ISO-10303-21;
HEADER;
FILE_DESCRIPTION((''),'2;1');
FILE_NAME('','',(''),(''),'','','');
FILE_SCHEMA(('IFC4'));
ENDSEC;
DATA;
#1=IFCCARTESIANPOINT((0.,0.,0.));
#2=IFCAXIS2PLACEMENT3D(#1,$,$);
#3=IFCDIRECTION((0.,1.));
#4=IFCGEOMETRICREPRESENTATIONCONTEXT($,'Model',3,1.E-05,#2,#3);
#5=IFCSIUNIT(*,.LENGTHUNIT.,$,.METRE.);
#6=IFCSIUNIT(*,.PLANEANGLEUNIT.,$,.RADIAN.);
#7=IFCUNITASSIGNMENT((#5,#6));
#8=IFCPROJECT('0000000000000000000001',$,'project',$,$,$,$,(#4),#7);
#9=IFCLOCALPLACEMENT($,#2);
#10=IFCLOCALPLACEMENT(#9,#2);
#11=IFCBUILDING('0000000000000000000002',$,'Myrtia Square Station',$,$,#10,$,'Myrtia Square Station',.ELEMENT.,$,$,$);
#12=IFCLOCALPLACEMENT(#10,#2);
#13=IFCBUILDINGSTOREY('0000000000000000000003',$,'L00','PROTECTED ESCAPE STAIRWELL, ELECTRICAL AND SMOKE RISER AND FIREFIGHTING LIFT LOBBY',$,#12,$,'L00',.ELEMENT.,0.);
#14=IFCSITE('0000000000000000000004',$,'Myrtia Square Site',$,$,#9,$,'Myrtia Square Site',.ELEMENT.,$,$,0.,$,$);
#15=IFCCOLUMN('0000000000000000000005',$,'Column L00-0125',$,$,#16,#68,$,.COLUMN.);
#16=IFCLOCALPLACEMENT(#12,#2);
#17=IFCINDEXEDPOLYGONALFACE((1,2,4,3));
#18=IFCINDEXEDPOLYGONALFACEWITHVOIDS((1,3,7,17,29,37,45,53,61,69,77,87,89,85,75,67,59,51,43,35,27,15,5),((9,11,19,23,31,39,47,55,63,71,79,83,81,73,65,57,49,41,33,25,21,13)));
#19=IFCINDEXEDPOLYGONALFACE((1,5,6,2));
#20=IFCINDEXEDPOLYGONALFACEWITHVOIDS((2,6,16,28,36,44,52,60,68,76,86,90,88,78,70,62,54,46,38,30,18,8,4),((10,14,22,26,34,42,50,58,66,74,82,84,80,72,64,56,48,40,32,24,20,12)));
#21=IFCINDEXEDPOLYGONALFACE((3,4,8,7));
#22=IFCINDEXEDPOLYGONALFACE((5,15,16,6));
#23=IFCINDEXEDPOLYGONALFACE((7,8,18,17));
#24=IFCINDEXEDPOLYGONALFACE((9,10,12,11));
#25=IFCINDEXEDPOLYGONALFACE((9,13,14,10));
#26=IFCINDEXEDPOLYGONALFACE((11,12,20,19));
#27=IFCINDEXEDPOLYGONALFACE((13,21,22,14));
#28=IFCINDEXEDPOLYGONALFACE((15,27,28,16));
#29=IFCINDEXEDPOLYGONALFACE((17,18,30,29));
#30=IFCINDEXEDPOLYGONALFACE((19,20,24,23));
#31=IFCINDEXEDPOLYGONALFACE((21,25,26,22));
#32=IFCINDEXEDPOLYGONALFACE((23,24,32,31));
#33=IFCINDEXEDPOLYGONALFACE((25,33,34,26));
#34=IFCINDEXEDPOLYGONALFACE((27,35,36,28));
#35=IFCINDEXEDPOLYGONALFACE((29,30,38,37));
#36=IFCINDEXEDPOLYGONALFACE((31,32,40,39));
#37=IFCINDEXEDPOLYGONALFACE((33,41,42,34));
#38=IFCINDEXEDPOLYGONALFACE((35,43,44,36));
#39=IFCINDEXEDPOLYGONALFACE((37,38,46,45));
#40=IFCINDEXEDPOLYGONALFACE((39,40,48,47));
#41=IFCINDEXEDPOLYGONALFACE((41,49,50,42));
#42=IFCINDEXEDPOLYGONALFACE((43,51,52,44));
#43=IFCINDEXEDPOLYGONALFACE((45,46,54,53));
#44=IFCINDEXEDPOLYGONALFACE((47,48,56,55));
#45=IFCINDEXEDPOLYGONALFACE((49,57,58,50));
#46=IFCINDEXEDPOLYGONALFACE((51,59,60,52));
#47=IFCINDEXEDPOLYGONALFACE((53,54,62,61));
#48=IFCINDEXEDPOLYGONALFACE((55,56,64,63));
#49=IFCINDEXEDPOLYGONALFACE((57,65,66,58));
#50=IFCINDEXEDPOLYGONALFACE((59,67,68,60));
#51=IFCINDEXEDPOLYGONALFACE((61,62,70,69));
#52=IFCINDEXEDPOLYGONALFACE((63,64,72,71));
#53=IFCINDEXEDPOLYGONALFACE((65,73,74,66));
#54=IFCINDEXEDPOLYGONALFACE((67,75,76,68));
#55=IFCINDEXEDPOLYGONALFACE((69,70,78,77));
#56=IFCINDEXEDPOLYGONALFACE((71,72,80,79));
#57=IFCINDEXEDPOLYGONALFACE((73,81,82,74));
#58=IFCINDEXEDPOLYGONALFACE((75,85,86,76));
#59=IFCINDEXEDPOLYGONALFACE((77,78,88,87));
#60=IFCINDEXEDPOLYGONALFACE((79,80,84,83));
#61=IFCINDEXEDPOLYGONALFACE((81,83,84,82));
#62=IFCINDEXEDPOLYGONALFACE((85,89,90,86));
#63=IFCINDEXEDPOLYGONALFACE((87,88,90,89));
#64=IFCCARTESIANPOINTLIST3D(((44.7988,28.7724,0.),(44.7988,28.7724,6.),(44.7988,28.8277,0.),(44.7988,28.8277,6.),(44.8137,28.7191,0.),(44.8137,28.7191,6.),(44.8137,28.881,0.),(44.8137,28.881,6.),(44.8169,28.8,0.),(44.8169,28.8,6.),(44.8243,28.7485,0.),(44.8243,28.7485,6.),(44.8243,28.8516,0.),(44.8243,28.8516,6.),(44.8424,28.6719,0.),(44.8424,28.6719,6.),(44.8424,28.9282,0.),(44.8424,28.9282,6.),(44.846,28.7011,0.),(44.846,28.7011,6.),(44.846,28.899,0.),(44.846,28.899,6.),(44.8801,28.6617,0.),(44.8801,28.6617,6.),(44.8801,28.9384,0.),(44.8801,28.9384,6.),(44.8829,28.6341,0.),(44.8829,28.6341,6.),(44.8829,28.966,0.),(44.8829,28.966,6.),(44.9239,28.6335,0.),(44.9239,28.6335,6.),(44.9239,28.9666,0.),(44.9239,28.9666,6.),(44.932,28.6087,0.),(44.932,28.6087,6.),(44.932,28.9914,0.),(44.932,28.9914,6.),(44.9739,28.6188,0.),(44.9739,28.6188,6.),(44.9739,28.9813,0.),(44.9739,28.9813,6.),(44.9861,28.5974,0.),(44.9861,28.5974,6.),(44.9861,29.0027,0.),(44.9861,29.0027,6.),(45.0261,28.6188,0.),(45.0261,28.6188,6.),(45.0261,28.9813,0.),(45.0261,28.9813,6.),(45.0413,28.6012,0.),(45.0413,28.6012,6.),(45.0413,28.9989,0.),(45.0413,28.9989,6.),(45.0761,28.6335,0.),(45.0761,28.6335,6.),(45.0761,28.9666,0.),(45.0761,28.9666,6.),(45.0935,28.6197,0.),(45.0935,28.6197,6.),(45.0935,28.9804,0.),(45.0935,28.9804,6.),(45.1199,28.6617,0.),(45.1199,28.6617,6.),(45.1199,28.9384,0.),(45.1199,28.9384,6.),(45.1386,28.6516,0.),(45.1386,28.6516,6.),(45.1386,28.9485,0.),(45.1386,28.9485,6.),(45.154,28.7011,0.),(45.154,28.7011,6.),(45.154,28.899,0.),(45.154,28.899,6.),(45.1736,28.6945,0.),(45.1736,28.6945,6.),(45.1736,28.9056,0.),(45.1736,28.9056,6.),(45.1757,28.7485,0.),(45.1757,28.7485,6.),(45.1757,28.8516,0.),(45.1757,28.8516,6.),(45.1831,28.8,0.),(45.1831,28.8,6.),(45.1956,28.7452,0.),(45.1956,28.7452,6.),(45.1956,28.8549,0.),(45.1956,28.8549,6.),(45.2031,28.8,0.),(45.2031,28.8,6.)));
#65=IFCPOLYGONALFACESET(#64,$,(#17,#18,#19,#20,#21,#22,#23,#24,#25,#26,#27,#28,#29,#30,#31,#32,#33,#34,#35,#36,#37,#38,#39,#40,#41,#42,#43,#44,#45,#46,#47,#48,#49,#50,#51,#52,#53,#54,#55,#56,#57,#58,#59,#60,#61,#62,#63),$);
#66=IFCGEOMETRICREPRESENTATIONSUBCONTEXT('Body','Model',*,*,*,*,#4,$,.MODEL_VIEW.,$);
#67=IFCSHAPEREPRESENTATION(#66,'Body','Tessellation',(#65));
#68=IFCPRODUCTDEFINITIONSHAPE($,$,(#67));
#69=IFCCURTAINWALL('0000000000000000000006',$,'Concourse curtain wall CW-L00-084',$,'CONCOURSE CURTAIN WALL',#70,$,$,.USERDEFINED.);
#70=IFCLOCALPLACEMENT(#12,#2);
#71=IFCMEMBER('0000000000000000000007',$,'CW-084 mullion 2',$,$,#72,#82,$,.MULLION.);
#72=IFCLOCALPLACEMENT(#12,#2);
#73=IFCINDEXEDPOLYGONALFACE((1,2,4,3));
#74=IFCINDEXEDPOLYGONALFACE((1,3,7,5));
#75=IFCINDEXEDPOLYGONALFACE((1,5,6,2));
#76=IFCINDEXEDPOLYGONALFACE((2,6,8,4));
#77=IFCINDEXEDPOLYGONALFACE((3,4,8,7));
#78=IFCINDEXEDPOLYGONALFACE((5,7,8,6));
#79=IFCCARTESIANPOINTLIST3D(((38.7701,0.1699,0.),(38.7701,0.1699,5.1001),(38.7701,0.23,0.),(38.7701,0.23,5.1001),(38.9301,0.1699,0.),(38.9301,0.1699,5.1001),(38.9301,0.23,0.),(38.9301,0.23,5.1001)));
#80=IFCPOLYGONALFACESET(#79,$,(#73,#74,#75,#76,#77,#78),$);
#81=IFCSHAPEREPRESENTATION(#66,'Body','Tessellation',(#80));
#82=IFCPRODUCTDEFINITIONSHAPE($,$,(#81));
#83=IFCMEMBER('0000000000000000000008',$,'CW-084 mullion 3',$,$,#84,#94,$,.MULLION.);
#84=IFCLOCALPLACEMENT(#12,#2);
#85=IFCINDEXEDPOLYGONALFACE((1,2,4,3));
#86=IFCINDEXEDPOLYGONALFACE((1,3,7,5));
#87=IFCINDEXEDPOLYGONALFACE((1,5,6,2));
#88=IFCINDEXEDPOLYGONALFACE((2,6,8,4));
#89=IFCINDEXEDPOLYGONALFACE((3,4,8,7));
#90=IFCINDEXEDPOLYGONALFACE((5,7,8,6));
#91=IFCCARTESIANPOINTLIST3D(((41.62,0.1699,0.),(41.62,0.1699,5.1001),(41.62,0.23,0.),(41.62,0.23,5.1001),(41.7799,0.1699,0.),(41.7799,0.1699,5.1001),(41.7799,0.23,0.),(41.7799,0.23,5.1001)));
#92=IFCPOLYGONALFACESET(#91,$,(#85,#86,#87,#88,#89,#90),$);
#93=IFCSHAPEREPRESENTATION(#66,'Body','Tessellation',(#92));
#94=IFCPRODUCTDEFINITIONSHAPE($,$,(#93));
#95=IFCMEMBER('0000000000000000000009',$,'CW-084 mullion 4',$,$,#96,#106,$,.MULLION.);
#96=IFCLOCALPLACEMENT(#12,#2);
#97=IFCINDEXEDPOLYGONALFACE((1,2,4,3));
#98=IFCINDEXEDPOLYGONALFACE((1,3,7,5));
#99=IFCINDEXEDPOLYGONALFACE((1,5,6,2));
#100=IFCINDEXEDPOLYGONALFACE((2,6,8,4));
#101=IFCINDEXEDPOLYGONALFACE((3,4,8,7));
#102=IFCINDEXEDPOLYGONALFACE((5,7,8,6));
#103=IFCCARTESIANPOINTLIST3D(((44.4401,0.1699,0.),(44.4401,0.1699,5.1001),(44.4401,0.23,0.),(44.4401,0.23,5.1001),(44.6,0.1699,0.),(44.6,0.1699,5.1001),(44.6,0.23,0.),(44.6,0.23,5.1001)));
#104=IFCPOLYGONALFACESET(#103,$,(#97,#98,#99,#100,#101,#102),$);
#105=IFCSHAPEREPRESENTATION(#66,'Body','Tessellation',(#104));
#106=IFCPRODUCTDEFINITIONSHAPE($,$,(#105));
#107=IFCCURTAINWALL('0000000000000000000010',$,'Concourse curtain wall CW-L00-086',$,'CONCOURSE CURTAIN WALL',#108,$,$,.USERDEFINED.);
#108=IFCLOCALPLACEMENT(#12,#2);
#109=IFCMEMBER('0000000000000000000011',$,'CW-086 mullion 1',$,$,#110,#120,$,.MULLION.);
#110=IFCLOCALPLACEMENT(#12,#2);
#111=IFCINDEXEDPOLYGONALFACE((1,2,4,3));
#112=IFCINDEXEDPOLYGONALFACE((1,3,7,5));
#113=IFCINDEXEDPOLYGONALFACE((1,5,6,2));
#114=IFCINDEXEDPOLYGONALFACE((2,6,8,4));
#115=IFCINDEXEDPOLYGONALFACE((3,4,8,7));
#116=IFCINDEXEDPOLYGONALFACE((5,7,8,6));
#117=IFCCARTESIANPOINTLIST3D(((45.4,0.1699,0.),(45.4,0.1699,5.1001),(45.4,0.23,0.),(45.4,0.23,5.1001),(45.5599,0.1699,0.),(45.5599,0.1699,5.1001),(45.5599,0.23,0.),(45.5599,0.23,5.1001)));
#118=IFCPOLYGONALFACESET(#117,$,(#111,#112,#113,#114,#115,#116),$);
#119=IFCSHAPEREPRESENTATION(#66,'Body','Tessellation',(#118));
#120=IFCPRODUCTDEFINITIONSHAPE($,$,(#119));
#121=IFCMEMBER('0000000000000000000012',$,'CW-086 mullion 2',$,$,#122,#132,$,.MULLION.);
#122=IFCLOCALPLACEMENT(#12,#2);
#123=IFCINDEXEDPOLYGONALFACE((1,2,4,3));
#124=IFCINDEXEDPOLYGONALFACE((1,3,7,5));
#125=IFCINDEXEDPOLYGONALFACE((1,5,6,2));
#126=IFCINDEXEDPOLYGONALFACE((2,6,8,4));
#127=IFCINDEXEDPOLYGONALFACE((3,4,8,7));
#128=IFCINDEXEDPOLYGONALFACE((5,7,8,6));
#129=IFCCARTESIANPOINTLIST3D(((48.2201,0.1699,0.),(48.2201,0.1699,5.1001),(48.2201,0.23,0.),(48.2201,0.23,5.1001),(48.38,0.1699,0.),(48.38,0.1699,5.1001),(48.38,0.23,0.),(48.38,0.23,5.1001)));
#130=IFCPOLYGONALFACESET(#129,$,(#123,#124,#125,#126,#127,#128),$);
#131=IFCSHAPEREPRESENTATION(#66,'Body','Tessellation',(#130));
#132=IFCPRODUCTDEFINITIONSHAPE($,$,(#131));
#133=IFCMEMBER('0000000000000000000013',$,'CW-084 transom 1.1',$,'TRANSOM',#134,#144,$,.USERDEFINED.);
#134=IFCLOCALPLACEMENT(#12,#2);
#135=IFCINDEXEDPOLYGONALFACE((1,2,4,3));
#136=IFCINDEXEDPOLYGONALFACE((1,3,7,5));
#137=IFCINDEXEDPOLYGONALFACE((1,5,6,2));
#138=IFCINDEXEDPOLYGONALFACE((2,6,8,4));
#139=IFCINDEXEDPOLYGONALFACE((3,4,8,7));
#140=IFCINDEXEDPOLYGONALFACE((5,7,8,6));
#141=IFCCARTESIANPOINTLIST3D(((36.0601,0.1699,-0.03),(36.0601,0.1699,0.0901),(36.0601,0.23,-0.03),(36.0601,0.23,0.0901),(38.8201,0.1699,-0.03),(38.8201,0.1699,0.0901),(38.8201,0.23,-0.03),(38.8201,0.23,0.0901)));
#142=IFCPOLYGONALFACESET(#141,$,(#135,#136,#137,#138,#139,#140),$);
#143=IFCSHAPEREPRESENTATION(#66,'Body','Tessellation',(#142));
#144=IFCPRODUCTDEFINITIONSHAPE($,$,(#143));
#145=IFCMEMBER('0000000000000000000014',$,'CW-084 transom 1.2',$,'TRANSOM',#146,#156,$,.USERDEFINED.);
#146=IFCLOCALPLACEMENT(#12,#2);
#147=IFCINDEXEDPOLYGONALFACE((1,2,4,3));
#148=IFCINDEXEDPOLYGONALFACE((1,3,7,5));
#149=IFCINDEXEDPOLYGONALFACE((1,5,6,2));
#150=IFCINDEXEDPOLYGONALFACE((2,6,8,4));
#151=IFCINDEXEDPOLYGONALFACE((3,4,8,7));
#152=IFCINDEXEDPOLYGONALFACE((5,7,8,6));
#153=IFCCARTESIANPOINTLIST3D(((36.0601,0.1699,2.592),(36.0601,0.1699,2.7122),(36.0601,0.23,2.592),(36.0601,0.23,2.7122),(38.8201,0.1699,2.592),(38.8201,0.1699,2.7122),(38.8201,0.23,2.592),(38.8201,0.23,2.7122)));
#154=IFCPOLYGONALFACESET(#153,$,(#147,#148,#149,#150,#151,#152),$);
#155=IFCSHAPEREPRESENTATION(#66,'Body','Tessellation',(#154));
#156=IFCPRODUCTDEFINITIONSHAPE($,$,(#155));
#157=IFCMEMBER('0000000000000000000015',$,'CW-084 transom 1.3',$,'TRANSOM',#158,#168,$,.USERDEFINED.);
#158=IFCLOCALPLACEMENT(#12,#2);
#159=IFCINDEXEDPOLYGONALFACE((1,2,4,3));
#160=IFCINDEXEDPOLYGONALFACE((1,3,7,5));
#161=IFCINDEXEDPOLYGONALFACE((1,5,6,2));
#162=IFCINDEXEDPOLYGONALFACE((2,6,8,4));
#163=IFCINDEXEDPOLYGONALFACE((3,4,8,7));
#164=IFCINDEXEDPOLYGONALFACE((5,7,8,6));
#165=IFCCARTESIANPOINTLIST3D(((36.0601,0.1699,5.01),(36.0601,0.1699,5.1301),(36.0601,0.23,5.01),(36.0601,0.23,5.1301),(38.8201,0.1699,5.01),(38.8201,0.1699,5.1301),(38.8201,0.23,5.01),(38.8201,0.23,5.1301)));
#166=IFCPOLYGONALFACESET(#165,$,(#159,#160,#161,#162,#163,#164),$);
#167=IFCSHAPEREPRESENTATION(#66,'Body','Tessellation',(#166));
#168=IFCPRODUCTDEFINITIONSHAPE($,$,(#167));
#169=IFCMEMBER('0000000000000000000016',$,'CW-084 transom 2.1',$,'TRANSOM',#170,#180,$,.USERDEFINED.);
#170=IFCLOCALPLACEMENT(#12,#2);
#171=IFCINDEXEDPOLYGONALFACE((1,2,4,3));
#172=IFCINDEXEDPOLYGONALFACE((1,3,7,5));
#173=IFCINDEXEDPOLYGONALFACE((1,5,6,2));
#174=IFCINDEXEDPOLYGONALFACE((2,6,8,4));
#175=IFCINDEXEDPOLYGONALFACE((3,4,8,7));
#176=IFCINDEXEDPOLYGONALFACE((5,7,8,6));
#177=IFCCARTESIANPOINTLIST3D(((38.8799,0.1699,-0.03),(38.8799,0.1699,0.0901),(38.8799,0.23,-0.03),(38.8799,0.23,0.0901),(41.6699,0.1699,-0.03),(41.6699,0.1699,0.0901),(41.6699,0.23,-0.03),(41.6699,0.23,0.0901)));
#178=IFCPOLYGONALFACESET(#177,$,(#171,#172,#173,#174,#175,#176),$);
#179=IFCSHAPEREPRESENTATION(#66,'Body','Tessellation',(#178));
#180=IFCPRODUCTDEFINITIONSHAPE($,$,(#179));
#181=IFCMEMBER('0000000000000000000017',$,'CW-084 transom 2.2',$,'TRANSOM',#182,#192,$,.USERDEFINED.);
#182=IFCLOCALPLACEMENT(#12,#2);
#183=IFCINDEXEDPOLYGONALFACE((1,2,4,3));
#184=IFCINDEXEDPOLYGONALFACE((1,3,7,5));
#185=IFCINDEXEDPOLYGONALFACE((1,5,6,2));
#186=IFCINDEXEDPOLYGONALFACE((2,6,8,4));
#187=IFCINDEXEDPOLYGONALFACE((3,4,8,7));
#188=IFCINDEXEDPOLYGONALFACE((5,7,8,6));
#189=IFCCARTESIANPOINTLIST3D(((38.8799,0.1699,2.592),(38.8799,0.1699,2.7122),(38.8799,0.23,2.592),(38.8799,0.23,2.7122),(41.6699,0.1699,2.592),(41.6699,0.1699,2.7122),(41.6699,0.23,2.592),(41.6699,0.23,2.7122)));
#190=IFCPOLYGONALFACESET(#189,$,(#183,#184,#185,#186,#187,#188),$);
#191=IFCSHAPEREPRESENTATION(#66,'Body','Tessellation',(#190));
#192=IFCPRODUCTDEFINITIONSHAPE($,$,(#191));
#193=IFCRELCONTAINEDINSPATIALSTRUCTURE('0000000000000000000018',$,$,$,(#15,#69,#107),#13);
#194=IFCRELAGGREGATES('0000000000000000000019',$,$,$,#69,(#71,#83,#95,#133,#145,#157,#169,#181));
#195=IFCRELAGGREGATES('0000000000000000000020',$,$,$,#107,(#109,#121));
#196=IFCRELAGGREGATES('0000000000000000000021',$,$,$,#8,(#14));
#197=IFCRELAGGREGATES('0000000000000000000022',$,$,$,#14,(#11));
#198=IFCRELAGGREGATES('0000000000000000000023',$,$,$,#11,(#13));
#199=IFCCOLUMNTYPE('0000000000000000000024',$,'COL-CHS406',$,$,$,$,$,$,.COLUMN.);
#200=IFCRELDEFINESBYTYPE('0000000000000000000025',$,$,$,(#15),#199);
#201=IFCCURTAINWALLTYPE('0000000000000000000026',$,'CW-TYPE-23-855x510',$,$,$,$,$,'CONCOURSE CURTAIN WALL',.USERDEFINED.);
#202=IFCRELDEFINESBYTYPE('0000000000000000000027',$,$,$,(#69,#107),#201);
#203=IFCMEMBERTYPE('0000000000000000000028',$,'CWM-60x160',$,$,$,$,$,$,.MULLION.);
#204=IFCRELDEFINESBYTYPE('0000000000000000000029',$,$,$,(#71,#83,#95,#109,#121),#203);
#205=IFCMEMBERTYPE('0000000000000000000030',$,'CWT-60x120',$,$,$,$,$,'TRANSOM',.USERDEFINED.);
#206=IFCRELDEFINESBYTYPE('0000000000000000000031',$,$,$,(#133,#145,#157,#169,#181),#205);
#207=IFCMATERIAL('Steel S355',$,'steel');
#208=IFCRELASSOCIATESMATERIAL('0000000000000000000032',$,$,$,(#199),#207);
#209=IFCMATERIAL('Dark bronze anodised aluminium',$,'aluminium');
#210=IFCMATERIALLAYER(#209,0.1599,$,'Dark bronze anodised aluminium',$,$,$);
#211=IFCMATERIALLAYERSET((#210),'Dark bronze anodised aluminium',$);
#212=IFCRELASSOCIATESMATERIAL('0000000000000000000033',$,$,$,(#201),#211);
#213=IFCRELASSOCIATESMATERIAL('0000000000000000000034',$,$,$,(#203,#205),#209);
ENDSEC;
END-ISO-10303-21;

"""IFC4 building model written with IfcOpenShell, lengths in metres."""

from ifc_helpers import new_model, si_unit, direction, frame, origin, origin_2d, place, context, subcontext, project, spatial, rectangle, hollow_circle, extrude, material, layer, layer_set, material_profile, profile_set, type_object, element, aggregate, save


model = new_model("IFC4")

# Units and contexts
model_context = context("Model", 3, precision=1e-05, world=origin(), true_north=direction((0.0, 1.0)))
body_context = subcontext(model_context, "Body", "Model", "MODEL_VIEW")
ifc_project = project(units=[si_unit("LENGTHUNIT", "METRE"), si_unit("PLANEANGLEUNIT", "RADIAN")], contexts=[model_context])

# Site, building, storey
site_placement = place(None, origin())
site = spatial("IfcSite", under=ifc_project, at=site_placement, Name="Myrtia Square Site", LongName="Myrtia Square Site", CompositionType="ELEMENT", RefElevation=0.0)
building_placement = place(site_placement, origin())
building = spatial("IfcBuilding", under=site, at=building_placement, Name="Myrtia Square Station", LongName="Myrtia Square Station", CompositionType="ELEMENT")
storey_placement = place(building_placement, origin())
storey = spatial("IfcBuildingStorey", under=building, at=storey_placement, Name="L00", Description="PROTECTED ESCAPE STAIRWELL, ELECTRICAL AND SMOKE RISER AND FIREFIGHTING LIFT LOBBY", LongName="L00", CompositionType="ELEMENT", Elevation=0.0)

# Column
ifc_material_1 = material(Name="Steel S355", Category="steel")
ifc_material_profile_1 = material_profile(ifc_material_1, hollow_circle(Radius=0.2031, WallThickness=0.02, at=origin_2d()), Name="CHS 406.4x20")
ifc_profile_set_1 = profile_set([ifc_material_profile_1], Name="Steel S355")
column_type = type_object("IfcColumnType", Name="COL-CHS406", PredefinedType="COLUMN", material=ifc_profile_set_1)
for number, where, z_axis, x_axis, name in (
    (1, (45.0, 28.8, 0.0), (0.0, 0.0, 1.0), (1.0, 0.0, 0.0), "Column L00-0125"),
):
    element("IfcColumn", number, at=place(storey_placement, frame(where, z_axis=z_axis, x_axis=x_axis)), inside=storey, type_object=column_type, Name=name, PredefinedType="COLUMN", context=body_context, shape_type="SweptSolid", body=[
        extrude(hollow_circle(Radius=0.2031, WallThickness=0.02, at=origin_2d()), origin(), (0.0, 0.0, 1.0), 6.0),
    ])

# Curtain walls, members
ifc_material_2 = material(Name="Dark bronze anodised aluminium", Category="aluminium")
ifc_layer_1 = layer(ifc_material_2, 0.1599, Name="Dark bronze anodised aluminium")
ifc_layer_set_1 = layer_set([ifc_layer_1], Name="Dark bronze anodised aluminium")
curtain_wall_type = type_object("IfcCurtainWallType", Name="CW-TYPE-23-855x510", ElementType="CONCOURSE CURTAIN WALL", PredefinedType="USERDEFINED", material=ifc_layer_set_1)
curtain_wall_1_placement = place(storey_placement, origin())
curtain_wall_1 = element("IfcCurtainWall", 2, at=curtain_wall_1_placement, inside=storey, type_object=curtain_wall_type, Name="Concourse curtain wall CW-L00-084", ObjectType="CONCOURSE CURTAIN WALL", PredefinedType="USERDEFINED")
ifc_material_profile_2 = material_profile(ifc_material_2, rectangle(XDim=0.0601, YDim=0.1599, at=origin_2d()), Name="ALU-M 60x160")
ifc_profile_set_2 = profile_set([ifc_material_profile_2], Name="Dark bronze anodised aluminium")
member_type_1 = type_object("IfcMemberType", Name="CWM-60x160", PredefinedType="MULLION", material=ifc_profile_set_2)
member_1_placement = place(storey_placement, frame((38.8501, 0.2, 0.0), z_axis=(0.0, 0.0, 1.0), x_axis=(0.0, 1.0, 0.0)))
member_1 = element("IfcMember", 3, at=member_1_placement, type_object=member_type_1, Name="CW-084 mullion 2", PredefinedType="MULLION", context=body_context, shape_type="SweptSolid", body=[
    extrude(rectangle(XDim=0.0601, YDim=0.1599, at=origin_2d()), origin(), (0.0, 0.0, 1.0), 5.1001),
])
member_2_placement = place(storey_placement, frame((41.7, 0.2, 0.0), z_axis=(0.0, 0.0, 1.0), x_axis=(0.0, 1.0, 0.0)))
member_2 = element("IfcMember", 4, at=member_2_placement, type_object=member_type_1, Name="CW-084 mullion 3", PredefinedType="MULLION", context=body_context, shape_type="SweptSolid", body=[
    extrude(rectangle(XDim=0.0601, YDim=0.1599, at=origin_2d()), origin(), (0.0, 0.0, 1.0), 5.1001),
])
member_3_placement = place(storey_placement, frame((44.52, 0.2, 0.0), z_axis=(0.0, 0.0, 1.0), x_axis=(0.0, 1.0, 0.0)))
member_3 = element("IfcMember", 5, at=member_3_placement, type_object=member_type_1, Name="CW-084 mullion 4", PredefinedType="MULLION", context=body_context, shape_type="SweptSolid", body=[
    extrude(rectangle(XDim=0.0601, YDim=0.1599, at=origin_2d()), origin(), (0.0, 0.0, 1.0), 5.1001),
])
curtain_wall_2_placement = place(storey_placement, origin())
curtain_wall_2 = element("IfcCurtainWall", 6, at=curtain_wall_2_placement, inside=storey, type_object=curtain_wall_type, Name="Concourse curtain wall CW-L00-086", ObjectType="CONCOURSE CURTAIN WALL", PredefinedType="USERDEFINED")
member_4_placement = place(storey_placement, frame((45.48, 0.2, 0.0), z_axis=(0.0, 0.0, 1.0), x_axis=(0.0, 1.0, 0.0)))
member_4 = element("IfcMember", 7, at=member_4_placement, type_object=member_type_1, Name="CW-086 mullion 1", PredefinedType="MULLION", context=body_context, shape_type="SweptSolid", body=[
    extrude(rectangle(XDim=0.0601, YDim=0.1599, at=origin_2d()), origin(), (0.0, 0.0, 1.0), 5.1001),
])
member_5_placement = place(storey_placement, frame((48.3, 0.2, 0.0), z_axis=(0.0, 0.0, 1.0), x_axis=(0.0, 1.0, 0.0)))
member_5 = element("IfcMember", 8, at=member_5_placement, type_object=member_type_1, Name="CW-086 mullion 2", PredefinedType="MULLION", context=body_context, shape_type="SweptSolid", body=[
    extrude(rectangle(XDim=0.0601, YDim=0.1599, at=origin_2d()), origin(), (0.0, 0.0, 1.0), 5.1001),
])

# Members
ifc_material_profile_3 = material_profile(ifc_material_2, rectangle(XDim=0.0601, YDim=0.1201, at=origin_2d()), Name="ALU-T 60x120")
ifc_profile_set_3 = profile_set([ifc_material_profile_3], Name="Dark bronze anodised aluminium")
member_type_2 = type_object("IfcMemberType", Name="CWT-60x120", ElementType="TRANSOM", PredefinedType="USERDEFINED", material=ifc_profile_set_3)
member_6_placement = place(storey_placement, frame((36.0601, 0.2, 0.03), z_axis=(1.0, 0.0, 0.0), x_axis=(0.0, 1.0, 0.0)))
member_6 = element("IfcMember", 9, at=member_6_placement, type_object=member_type_2, Name="CW-084 transom 1.1", ObjectType="TRANSOM", PredefinedType="USERDEFINED", context=body_context, shape_type="SweptSolid", body=[
    extrude(rectangle(XDim=0.0601, YDim=0.1201, at=origin_2d()), origin(), (0.0, 0.0, 1.0), 2.76),
])
member_7_placement = place(storey_placement, frame((36.0601, 0.2, 2.6521), z_axis=(1.0, 0.0, 0.0), x_axis=(0.0, 1.0, 0.0)))
member_7 = element("IfcMember", 10, at=member_7_placement, type_object=member_type_2, Name="CW-084 transom 1.2", ObjectType="TRANSOM", PredefinedType="USERDEFINED", context=body_context, shape_type="SweptSolid", body=[
    extrude(rectangle(XDim=0.0601, YDim=0.1201, at=origin_2d()), origin(), (0.0, 0.0, 1.0), 2.76),
])
member_8_placement = place(storey_placement, frame((36.0601, 0.2, 5.0701), z_axis=(1.0, 0.0, 0.0), x_axis=(0.0, 1.0, 0.0)))
member_8 = element("IfcMember", 11, at=member_8_placement, type_object=member_type_2, Name="CW-084 transom 1.3", ObjectType="TRANSOM", PredefinedType="USERDEFINED", context=body_context, shape_type="SweptSolid", body=[
    extrude(rectangle(XDim=0.0601, YDim=0.1201, at=origin_2d()), origin(), (0.0, 0.0, 1.0), 2.76),
])
member_9_placement = place(storey_placement, frame((38.8799, 0.2, 0.03), z_axis=(1.0, 0.0, 0.0), x_axis=(0.0, 1.0, 0.0)))
member_9 = element("IfcMember", 12, at=member_9_placement, type_object=member_type_2, Name="CW-084 transom 2.1", ObjectType="TRANSOM", PredefinedType="USERDEFINED", context=body_context, shape_type="SweptSolid", body=[
    extrude(rectangle(XDim=0.0601, YDim=0.1201, at=origin_2d()), origin(), (0.0, 0.0, 1.0), 2.79),
])
member_10_placement = place(storey_placement, frame((38.8799, 0.2, 2.6521), z_axis=(1.0, 0.0, 0.0), x_axis=(0.0, 1.0, 0.0)))
member_10 = element("IfcMember", 13, at=member_10_placement, type_object=member_type_2, Name="CW-084 transom 2.2", ObjectType="TRANSOM", PredefinedType="USERDEFINED", context=body_context, shape_type="SweptSolid", body=[
    extrude(rectangle(XDim=0.0601, YDim=0.1201, at=origin_2d()), origin(), (0.0, 0.0, 1.0), 2.79),
])

aggregate(curtain_wall_1, [member_1, member_2, member_3, member_6, member_7, member_8, member_9, member_10])
aggregate(curtain_wall_2, [member_4, member_5])

save(model, "model.ifc")
